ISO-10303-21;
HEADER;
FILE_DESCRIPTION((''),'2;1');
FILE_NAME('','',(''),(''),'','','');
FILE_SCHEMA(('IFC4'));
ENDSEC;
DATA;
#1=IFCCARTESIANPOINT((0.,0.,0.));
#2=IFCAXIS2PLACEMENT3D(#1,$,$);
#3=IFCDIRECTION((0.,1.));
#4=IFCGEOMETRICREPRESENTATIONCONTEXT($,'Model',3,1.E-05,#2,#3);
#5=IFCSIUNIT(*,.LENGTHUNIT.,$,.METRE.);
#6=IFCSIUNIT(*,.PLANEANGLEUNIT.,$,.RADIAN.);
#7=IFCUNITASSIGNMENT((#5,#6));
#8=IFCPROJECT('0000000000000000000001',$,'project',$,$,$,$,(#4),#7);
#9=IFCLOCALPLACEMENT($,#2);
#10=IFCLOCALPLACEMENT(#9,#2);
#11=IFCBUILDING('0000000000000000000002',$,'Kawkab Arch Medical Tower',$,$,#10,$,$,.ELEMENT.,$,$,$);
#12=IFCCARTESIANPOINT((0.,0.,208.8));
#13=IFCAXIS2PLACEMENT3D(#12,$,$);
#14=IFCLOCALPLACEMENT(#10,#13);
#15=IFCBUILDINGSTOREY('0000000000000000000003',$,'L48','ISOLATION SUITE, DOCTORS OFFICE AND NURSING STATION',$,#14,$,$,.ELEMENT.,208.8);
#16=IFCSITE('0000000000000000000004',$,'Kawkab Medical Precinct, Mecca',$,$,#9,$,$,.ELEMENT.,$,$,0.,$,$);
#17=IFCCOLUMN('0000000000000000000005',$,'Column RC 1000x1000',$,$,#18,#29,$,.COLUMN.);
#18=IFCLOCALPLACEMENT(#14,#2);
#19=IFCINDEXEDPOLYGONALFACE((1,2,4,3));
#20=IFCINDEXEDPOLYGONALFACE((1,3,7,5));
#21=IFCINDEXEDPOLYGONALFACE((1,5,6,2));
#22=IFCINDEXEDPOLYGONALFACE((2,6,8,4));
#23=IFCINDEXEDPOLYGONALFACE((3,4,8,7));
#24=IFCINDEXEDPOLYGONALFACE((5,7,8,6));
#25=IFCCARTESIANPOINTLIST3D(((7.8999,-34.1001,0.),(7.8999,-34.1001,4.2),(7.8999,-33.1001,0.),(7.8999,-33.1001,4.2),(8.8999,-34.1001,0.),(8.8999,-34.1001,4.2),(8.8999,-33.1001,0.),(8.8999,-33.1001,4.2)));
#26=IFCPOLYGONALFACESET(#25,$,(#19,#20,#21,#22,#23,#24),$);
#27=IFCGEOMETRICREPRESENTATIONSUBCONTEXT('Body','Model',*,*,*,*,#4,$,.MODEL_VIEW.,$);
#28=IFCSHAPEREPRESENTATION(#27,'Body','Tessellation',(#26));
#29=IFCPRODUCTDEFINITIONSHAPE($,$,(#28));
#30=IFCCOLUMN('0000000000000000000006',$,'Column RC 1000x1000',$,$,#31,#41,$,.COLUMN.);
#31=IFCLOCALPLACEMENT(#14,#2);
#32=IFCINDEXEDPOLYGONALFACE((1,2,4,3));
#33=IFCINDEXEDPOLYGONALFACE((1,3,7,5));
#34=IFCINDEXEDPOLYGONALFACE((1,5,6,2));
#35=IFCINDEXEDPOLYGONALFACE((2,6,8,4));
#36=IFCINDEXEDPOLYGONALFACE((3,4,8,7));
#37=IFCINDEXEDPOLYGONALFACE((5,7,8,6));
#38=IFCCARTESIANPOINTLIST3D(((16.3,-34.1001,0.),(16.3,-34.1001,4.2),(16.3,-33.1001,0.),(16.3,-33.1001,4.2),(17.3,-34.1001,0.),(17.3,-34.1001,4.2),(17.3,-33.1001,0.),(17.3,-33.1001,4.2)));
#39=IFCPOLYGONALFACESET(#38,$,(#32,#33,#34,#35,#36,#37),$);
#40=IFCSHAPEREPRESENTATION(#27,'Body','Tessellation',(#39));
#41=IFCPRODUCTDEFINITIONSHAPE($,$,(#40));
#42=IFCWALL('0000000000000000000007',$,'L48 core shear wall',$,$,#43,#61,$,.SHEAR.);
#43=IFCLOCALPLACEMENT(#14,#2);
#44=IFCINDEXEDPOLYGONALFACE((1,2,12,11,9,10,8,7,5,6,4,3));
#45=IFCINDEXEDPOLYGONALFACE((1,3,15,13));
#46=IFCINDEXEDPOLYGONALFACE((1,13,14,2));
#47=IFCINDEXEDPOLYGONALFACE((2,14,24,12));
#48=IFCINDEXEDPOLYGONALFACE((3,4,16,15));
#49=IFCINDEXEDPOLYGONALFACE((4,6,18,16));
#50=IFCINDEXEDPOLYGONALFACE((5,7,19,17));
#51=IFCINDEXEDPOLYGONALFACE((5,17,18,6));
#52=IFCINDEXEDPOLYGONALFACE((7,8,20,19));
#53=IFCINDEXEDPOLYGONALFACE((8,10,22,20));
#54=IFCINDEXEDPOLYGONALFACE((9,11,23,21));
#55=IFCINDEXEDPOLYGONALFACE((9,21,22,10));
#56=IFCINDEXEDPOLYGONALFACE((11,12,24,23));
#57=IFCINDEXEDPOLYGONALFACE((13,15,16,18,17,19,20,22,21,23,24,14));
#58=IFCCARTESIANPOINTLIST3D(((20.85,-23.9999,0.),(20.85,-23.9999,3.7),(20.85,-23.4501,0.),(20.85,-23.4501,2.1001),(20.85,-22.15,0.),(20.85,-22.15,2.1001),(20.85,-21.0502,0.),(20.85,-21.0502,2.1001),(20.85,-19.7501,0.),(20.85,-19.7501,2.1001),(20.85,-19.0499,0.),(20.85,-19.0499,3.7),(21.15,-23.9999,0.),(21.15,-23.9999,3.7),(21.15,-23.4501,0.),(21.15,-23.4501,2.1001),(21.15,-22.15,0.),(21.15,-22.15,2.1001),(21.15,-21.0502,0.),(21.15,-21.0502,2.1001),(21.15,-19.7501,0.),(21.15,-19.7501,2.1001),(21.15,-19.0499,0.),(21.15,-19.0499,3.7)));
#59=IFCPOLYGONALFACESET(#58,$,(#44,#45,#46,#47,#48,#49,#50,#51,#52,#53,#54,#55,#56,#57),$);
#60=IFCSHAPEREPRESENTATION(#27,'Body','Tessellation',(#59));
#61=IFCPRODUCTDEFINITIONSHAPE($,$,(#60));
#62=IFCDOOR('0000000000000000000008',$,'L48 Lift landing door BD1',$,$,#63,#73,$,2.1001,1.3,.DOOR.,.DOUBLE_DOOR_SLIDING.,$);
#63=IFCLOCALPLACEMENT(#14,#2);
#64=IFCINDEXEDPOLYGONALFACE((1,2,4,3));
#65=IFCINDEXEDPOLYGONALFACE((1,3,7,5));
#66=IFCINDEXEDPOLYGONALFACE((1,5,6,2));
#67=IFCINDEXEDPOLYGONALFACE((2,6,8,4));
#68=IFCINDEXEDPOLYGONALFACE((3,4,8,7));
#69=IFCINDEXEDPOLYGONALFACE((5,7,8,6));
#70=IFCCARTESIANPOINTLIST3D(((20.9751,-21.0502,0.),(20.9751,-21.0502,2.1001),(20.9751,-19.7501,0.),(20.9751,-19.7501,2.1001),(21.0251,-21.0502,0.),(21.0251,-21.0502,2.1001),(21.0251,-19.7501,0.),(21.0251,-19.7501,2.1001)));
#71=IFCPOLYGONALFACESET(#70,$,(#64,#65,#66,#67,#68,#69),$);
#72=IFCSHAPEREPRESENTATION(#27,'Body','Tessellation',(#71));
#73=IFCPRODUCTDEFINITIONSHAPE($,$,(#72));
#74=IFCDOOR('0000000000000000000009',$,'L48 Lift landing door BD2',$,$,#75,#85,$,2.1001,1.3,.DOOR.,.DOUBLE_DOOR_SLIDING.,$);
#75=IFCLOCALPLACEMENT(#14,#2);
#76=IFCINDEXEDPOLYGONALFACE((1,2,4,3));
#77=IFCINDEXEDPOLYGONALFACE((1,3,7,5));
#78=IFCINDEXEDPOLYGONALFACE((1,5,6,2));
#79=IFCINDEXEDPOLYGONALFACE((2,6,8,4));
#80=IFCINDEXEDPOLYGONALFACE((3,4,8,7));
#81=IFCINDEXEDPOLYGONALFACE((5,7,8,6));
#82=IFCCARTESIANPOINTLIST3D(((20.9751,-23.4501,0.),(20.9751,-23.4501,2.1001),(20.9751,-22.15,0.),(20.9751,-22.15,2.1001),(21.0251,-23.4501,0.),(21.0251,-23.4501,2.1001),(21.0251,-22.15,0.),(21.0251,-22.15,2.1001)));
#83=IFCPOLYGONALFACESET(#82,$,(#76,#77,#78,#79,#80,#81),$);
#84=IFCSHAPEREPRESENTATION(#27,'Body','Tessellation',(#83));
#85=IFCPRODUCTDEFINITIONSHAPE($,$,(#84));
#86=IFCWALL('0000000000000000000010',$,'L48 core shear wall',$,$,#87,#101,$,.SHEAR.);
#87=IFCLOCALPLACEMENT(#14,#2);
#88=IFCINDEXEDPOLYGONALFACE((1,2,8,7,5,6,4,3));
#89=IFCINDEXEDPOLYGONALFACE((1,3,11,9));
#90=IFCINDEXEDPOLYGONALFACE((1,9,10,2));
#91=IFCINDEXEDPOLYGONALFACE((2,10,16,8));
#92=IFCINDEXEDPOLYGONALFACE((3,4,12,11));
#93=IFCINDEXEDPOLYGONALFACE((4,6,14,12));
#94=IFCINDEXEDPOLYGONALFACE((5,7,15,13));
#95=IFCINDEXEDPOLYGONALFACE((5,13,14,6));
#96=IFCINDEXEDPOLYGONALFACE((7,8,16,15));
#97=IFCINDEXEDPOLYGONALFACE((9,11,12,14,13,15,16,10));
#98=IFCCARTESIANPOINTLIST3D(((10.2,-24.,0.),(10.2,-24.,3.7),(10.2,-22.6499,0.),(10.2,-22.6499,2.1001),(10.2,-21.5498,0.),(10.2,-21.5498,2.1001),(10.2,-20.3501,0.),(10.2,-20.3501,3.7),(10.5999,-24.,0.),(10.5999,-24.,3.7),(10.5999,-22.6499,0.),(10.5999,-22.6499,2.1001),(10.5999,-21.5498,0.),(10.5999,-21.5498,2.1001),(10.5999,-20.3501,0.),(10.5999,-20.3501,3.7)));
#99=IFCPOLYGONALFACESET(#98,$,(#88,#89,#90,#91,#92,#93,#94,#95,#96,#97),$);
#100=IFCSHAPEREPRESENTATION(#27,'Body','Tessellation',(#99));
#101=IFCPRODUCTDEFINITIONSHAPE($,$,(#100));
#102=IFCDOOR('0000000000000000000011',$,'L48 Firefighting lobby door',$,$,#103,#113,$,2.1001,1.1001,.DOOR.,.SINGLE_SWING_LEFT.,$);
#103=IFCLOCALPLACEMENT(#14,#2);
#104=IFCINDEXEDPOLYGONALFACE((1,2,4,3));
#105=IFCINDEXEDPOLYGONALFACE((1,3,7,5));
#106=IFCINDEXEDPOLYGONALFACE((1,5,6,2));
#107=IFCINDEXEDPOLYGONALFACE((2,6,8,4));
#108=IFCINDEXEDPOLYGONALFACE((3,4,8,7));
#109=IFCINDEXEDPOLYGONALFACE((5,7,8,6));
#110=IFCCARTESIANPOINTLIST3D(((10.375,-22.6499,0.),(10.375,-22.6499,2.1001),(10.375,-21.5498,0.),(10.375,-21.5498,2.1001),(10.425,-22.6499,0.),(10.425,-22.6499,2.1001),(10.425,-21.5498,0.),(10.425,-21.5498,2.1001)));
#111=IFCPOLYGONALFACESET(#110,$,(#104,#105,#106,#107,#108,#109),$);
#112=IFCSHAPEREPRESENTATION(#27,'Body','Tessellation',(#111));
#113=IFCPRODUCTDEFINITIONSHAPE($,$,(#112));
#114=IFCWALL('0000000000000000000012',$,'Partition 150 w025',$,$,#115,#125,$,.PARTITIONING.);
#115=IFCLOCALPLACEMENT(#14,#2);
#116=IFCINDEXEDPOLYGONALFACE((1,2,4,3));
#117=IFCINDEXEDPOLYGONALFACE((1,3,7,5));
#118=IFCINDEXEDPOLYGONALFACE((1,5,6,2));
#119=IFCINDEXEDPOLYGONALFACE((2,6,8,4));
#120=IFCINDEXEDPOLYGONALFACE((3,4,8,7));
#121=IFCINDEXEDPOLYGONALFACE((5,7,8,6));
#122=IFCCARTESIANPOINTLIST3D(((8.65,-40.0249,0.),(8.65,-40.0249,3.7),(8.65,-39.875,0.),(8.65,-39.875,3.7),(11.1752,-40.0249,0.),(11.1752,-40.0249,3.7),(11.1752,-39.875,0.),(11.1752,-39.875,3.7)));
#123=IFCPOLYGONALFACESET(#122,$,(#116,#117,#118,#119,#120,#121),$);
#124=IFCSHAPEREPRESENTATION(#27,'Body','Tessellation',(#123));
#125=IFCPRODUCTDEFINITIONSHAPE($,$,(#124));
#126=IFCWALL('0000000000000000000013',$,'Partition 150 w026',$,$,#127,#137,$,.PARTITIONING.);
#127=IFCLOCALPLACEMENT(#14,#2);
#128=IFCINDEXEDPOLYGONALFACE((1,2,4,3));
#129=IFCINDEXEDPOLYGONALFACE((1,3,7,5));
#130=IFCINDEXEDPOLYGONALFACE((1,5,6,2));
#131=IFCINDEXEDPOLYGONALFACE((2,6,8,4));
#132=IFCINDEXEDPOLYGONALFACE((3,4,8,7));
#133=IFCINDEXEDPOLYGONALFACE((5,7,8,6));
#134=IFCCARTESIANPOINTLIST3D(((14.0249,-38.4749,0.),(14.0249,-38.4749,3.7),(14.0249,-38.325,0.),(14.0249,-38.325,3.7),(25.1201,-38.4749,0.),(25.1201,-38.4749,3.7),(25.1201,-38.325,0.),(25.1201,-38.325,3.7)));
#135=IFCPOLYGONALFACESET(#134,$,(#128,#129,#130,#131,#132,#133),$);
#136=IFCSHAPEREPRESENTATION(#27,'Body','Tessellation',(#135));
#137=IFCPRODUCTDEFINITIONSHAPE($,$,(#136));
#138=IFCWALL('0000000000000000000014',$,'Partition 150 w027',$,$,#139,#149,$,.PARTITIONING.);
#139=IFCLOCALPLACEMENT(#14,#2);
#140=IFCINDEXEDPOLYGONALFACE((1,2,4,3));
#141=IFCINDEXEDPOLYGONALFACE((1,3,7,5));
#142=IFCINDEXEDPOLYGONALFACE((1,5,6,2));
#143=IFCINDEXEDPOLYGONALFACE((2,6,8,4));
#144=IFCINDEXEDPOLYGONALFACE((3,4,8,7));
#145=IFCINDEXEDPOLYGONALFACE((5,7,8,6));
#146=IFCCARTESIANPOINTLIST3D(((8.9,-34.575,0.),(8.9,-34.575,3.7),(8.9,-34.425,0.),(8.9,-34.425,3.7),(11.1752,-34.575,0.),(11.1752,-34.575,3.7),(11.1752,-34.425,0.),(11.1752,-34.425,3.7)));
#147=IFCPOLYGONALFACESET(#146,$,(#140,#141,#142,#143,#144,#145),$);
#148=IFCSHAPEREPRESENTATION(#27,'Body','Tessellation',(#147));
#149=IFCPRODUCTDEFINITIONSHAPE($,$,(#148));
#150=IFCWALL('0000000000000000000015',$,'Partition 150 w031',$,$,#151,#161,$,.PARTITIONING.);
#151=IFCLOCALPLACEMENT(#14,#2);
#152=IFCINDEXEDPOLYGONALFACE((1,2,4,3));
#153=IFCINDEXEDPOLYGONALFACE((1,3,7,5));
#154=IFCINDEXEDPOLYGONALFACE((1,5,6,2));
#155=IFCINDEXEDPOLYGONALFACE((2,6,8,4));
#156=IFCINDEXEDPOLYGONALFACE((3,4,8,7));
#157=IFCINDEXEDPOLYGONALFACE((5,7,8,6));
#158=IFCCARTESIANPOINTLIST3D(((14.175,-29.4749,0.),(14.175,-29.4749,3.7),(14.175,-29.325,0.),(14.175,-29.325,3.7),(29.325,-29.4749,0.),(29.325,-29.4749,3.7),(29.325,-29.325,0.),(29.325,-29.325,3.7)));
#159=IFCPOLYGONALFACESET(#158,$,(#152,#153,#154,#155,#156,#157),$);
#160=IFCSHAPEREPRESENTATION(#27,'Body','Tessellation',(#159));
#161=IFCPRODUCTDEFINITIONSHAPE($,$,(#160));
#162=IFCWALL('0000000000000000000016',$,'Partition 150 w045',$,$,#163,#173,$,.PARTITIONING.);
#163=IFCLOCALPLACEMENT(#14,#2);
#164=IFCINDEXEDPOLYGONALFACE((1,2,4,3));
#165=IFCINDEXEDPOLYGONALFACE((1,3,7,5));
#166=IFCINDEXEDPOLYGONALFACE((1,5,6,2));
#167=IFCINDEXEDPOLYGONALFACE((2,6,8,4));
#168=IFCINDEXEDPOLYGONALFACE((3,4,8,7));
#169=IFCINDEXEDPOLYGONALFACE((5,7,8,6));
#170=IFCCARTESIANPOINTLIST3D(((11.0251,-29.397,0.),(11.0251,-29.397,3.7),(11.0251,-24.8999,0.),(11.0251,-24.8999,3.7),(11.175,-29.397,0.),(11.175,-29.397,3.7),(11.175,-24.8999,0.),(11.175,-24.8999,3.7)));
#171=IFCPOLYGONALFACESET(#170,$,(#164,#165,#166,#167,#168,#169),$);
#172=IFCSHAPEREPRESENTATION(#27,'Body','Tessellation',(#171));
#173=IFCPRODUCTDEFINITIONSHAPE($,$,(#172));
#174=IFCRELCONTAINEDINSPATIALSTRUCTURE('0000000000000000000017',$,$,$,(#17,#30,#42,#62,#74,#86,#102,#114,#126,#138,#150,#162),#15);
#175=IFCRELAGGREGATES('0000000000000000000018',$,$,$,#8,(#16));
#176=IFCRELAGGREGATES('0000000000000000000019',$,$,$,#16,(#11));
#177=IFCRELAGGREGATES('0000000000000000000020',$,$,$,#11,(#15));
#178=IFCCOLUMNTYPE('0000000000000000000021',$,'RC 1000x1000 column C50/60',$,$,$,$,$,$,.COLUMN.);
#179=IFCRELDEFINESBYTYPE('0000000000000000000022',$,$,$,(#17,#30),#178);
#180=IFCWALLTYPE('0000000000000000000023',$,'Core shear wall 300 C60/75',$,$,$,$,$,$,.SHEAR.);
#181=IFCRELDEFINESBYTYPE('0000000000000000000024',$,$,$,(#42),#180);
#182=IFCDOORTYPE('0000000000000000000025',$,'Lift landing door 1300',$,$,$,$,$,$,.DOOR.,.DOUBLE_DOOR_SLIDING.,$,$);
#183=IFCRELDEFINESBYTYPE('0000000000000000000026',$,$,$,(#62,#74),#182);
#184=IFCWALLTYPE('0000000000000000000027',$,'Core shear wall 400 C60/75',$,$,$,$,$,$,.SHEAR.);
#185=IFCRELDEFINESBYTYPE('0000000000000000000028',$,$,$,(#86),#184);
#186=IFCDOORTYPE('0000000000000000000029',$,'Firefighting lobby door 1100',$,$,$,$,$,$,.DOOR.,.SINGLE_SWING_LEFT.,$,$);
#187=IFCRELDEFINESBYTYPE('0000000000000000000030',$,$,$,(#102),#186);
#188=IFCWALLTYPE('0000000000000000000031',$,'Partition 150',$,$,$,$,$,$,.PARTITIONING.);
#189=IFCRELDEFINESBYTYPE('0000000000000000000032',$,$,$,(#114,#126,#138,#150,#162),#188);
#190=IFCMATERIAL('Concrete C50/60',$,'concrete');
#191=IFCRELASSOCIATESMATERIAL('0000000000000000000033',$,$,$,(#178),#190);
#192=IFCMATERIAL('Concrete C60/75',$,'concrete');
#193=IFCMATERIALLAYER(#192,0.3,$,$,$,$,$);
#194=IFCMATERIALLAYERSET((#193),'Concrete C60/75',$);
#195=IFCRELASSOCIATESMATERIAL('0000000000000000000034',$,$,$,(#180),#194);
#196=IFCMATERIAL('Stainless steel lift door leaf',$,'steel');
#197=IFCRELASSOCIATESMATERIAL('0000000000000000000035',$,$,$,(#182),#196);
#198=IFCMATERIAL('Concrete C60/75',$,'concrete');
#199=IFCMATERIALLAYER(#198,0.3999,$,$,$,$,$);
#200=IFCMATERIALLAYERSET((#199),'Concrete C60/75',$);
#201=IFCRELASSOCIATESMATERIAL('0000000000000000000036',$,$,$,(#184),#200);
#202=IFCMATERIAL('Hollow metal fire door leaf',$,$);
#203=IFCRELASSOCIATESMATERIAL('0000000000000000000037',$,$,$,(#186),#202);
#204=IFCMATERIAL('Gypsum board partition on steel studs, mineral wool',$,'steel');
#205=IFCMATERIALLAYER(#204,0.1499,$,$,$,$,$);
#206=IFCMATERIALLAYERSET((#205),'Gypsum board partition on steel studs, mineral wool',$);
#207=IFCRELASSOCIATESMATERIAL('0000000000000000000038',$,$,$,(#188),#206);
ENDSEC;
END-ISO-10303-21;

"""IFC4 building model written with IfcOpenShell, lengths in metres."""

from ifc_helpers import new_model, si_unit, direction, frame, frame_2d, origin, origin_2d, place, context, subcontext, project, spatial, rectangle, extrude, material, layer, layer_set, material_profile, profile_set, type_object, element, fill, save


model = new_model("IFC4")

# Units and contexts
model_context = context("Model", 3, precision=1e-05, world=origin(), true_north=direction((0.0, 1.0)))
body_context = subcontext(model_context, "Body", "Model", "MODEL_VIEW")
ifc_project = project(units=[si_unit("LENGTHUNIT", "METRE"), si_unit("PLANEANGLEUNIT", "RADIAN")], contexts=[model_context])

# Site, building, storey
site_placement = place(None, origin())
site = spatial("IfcSite", under=ifc_project, at=site_placement, Name="Kawkab Medical Precinct, Mecca", CompositionType="ELEMENT", RefElevation=0.0)
building_placement = place(site_placement, origin())
building = spatial("IfcBuilding", under=site, at=building_placement, Name="Kawkab Arch Medical Tower", CompositionType="ELEMENT")
storey_placement = place(building_placement, frame((0.0, 0.0, 208.8)))
storey = spatial("IfcBuildingStorey", under=building, at=storey_placement, Name="L48", Description="ISOLATION SUITE, DOCTORS OFFICE AND NURSING STATION", CompositionType="ELEMENT", Elevation=208.8)

# Columns
ifc_material_1 = material(Name="Concrete C50/60", Category="concrete")
ifc_material_profile = material_profile(ifc_material_1, rectangle(XDim=1.0, YDim=1.0, at=origin_2d()), Name="RC 1000x1000")
ifc_profile_set = profile_set([ifc_material_profile], Name="Concrete C50/60")
column_type = type_object("IfcColumnType", Name="RC 1000x1000 column C50/60", PredefinedType="COLUMN", material=ifc_profile_set)
for number, where, z_axis, x_axis, name in (
    (1, (8.3999, -33.6001, 0.0), (0.0, 0.0, 1.0), (1.0, 0.0, 0.0), "Column RC 1000x1000"),
    (2, (16.8, -33.6001, 0.0), (0.0, 0.0, 1.0), (1.0, 0.0, 0.0), "Column RC 1000x1000"),
):
    element("IfcColumn", number, at=place(storey_placement, frame(where, z_axis=z_axis, x_axis=x_axis)), inside=storey, type_object=column_type, Name=name, PredefinedType="COLUMN", context=body_context, shape_type="SweptSolid", body=[
        extrude(rectangle(XDim=1.0, YDim=1.0, at=origin_2d()), origin(), (0.0, 0.0, 1.0), 4.2),
    ])

# Wall, openings, doors
ifc_material_2 = material(Name="Concrete C60/75", Category="concrete")
ifc_layer_1 = layer(ifc_material_2, 0.3)
ifc_layer_set_1 = layer_set([ifc_layer_1], Name="Concrete C60/75")
wall_type_1 = type_object("IfcWallType", Name="Core shear wall 300 C60/75", PredefinedType="SHEAR", material=ifc_layer_set_1)
wall_1_placement = place(storey_placement, frame((21.0, -24.0, 0.0), z_axis=(0.0, 0.0, 1.0), x_axis=(0.0, 1.0, 0.0)))
wall_1 = element("IfcWall", 3, at=wall_1_placement, inside=storey, type_object=wall_type_1, Name="L48 core shear wall", PredefinedType="SHEAR", context=body_context, shape_type="SweptSolid", body=[
    extrude(rectangle(XDim=4.95, YDim=0.3, at=frame_2d((2.4751, 0.0))), origin(), (0.0, 0.0, 1.0), 3.7),
])
opening_1_placement = place(wall_1_placement, frame((2.95, 0.0, 0.0)))
opening_1 = element("IfcOpeningElement", 4, at=opening_1_placement, cuts=wall_1, PredefinedType="OPENING", context=body_context, shape_type="SweptSolid", body=[
    extrude(rectangle(XDim=1.3, YDim=2.1001, at=frame_2d((0.6499, 1.05))), frame((0.0, 0.1599, 0.0), z_axis=(0.0, -1.0, 0.0), x_axis=(1.0, 0.0, 0.0)), (0.0, 0.0, 1.0), 0.3201),
])
opening_2_placement = place(wall_1_placement, frame((0.55, 0.0, 0.0)))
opening_2 = element("IfcOpeningElement", 5, at=opening_2_placement, cuts=wall_1, PredefinedType="OPENING", context=body_context, shape_type="SweptSolid", body=[
    extrude(rectangle(XDim=1.3, YDim=2.1001, at=frame_2d((0.6499, 1.05))), frame((0.0, 0.1599, 0.0), z_axis=(0.0, -1.0, 0.0), x_axis=(1.0, 0.0, 0.0)), (0.0, 0.0, 1.0), 0.3201),
])
ifc_material_3 = material(Name="Stainless steel lift door leaf", Category="steel")
door_type_1 = type_object("IfcDoorType", Name="Lift landing door 1300", OperationType="DOUBLE_DOOR_SLIDING", PredefinedType="DOOR", material=ifc_material_3)
door_1_placement = place(opening_1_placement, origin())
door_1 = element("IfcDoor", 6, at=door_1_placement, inside=storey, type_object=door_type_1, Name="L48 Lift landing door BD1", OperationType="DOUBLE_DOOR_SLIDING", OverallHeight=2.1001, OverallWidth=1.3, PredefinedType="DOOR", context=body_context, shape_type="SweptSolid", body=[
    extrude(rectangle(XDim=1.3, YDim=2.1001, at=frame_2d((0.6499, 1.05))), frame((0.0, 0.0249, 0.0), z_axis=(0.0, -1.0, 0.0), x_axis=(1.0, 0.0, 0.0)), (0.0, 0.0, 1.0), 0.05),
])
fill(opening_1, door_1)
door_2_placement = place(opening_2_placement, origin())
door_2 = element("IfcDoor", 7, at=door_2_placement, inside=storey, type_object=door_type_1, Name="L48 Lift landing door BD2", OperationType="DOUBLE_DOOR_SLIDING", OverallHeight=2.1001, OverallWidth=1.3, PredefinedType="DOOR", context=body_context, shape_type="SweptSolid", body=[
    extrude(rectangle(XDim=1.3, YDim=2.1001, at=frame_2d((0.6499, 1.05))), frame((0.0, 0.0249, 0.0), z_axis=(0.0, -1.0, 0.0), x_axis=(1.0, 0.0, 0.0)), (0.0, 0.0, 1.0), 0.05),
])
fill(opening_2, door_2)

# Wall, opening, door
ifc_material_4 = material(Name="Concrete C60/75", Category="concrete")
ifc_layer_2 = layer(ifc_material_4, 0.3999)
ifc_layer_set_2 = layer_set([ifc_layer_2], Name="Concrete C60/75")
wall_type_2 = type_object("IfcWallType", Name="Core shear wall 400 C60/75", PredefinedType="SHEAR", material=ifc_layer_set_2)
wall_2_placement = place(storey_placement, frame((10.3999, -24.0, 0.0), z_axis=(0.0, 0.0, 1.0), x_axis=(0.0, 1.0, 0.0)))
wall_2 = element("IfcWall", 8, at=wall_2_placement, inside=storey, type_object=wall_type_2, Name="L48 core shear wall", PredefinedType="SHEAR", context=body_context, shape_type="SweptSolid", body=[
    extrude(rectangle(XDim=3.6499, YDim=0.3999, at=frame_2d((1.825, 0.0))), origin(), (0.0, 0.0, 1.0), 3.7),
])
opening_3_placement = place(wall_2_placement, frame((1.3501, 0.0, 0.0)))
opening_3 = element("IfcOpeningElement", 9, at=opening_3_placement, cuts=wall_2, PredefinedType="OPENING", context=body_context, shape_type="SweptSolid", body=[
    extrude(rectangle(XDim=1.1001, YDim=2.1001, at=frame_2d((0.55, 1.05))), frame((0.0, 0.21, 0.0), z_axis=(0.0, -1.0, 0.0), x_axis=(1.0, 0.0, 0.0)), (0.0, 0.0, 1.0), 0.4199),
])
ifc_material_5 = material(Name="Hollow metal fire door leaf")
door_type_2 = type_object("IfcDoorType", Name="Firefighting lobby door 1100", OperationType="SINGLE_SWING_LEFT", PredefinedType="DOOR", material=ifc_material_5)
door_3_placement = place(opening_3_placement, origin())
door_3 = element("IfcDoor", 10, at=door_3_placement, inside=storey, type_object=door_type_2, Name="L48 Firefighting lobby door", OperationType="SINGLE_SWING_LEFT", OverallHeight=2.1001, OverallWidth=1.1001, PredefinedType="DOOR", context=body_context, shape_type="SweptSolid", body=[
    extrude(rectangle(XDim=1.1001, YDim=2.1001, at=frame_2d((0.55, 1.05))), frame((0.0, 0.0249, 0.0), z_axis=(0.0, -1.0, 0.0), x_axis=(1.0, 0.0, 0.0)), (0.0, 0.0, 1.0), 0.05),
])
fill(opening_3, door_3)

# Walls
ifc_material_6 = material(Name="Gypsum board partition on steel studs, mineral wool", Category="steel")
ifc_layer_3 = layer(ifc_material_6, 0.1499)
ifc_layer_set_3 = layer_set([ifc_layer_3], Name="Gypsum board partition on steel studs, mineral wool")
wall_type_3 = type_object("IfcWallType", Name="Partition 150", PredefinedType="PARTITIONING", material=ifc_layer_set_3)
wall_3_placement = place(storey_placement, frame((8.6499, -39.95, 0.0), z_axis=(0.0, 0.0, 1.0), x_axis=(1.0, 0.0, 0.0)))
element("IfcWall", 11, at=wall_3_placement, inside=storey, type_object=wall_type_3, Name="Partition 150 w025", PredefinedType="PARTITIONING", context=body_context, shape_type="SweptSolid", body=[
    extrude(rectangle(XDim=2.5251, YDim=0.1499, at=frame_2d((1.2627, 0.0))), origin(), (0.0, 0.0, 1.0), 3.7),
])
wall_4_placement = place(storey_placement, frame((14.0249, -38.3999, 0.0), z_axis=(0.0, 0.0, 1.0), x_axis=(1.0, 0.0, 0.0)))
element("IfcWall", 12, at=wall_4_placement, inside=storey, type_object=wall_type_3, Name="Partition 150 w026", PredefinedType="PARTITIONING", context=body_context, shape_type="SweptSolid", body=[
    extrude(rectangle(XDim=11.0952, YDim=0.1499, at=frame_2d((5.5476, 0.0))), origin(), (0.0, 0.0, 1.0), 3.7),
])
wall_5_placement = place(storey_placement, frame((8.8999, -34.5, 0.0), z_axis=(0.0, 0.0, 1.0), x_axis=(1.0, 0.0, 0.0)))
element("IfcWall", 13, at=wall_5_placement, inside=storey, type_object=wall_type_3, Name="Partition 150 w027", PredefinedType="PARTITIONING", context=body_context, shape_type="SweptSolid", body=[
    extrude(rectangle(XDim=2.2751, YDim=0.1499, at=frame_2d((1.1377, 0.0))), origin(), (0.0, 0.0, 1.0), 3.7),
])
wall_6_placement = place(storey_placement, frame((14.175, -29.3999, 0.0), z_axis=(0.0, 0.0, 1.0), x_axis=(1.0, 0.0, 0.0)))
element("IfcWall", 14, at=wall_6_placement, inside=storey, type_object=wall_type_3, Name="Partition 150 w031", PredefinedType="PARTITIONING", context=body_context, shape_type="SweptSolid", body=[
    extrude(rectangle(XDim=15.1499, YDim=0.1499, at=frame_2d((7.575, 0.0))), origin(), (0.0, 0.0, 1.0), 3.7),
])
wall_7_placement = place(storey_placement, frame((11.1001, -29.397, 0.0), z_axis=(0.0, 0.0, 1.0), x_axis=(0.0, 1.0, 0.0)))
element("IfcWall", 15, at=wall_7_placement, inside=storey, type_object=wall_type_3, Name="Partition 150 w045", PredefinedType="PARTITIONING", context=body_context, shape_type="SweptSolid", body=[
    extrude(rectangle(XDim=4.4971, YDim=0.1499, at=frame_2d((2.2485, 0.0))), origin(), (0.0, 0.0, 1.0), 3.7),
])

save(model, "model.ifc")
